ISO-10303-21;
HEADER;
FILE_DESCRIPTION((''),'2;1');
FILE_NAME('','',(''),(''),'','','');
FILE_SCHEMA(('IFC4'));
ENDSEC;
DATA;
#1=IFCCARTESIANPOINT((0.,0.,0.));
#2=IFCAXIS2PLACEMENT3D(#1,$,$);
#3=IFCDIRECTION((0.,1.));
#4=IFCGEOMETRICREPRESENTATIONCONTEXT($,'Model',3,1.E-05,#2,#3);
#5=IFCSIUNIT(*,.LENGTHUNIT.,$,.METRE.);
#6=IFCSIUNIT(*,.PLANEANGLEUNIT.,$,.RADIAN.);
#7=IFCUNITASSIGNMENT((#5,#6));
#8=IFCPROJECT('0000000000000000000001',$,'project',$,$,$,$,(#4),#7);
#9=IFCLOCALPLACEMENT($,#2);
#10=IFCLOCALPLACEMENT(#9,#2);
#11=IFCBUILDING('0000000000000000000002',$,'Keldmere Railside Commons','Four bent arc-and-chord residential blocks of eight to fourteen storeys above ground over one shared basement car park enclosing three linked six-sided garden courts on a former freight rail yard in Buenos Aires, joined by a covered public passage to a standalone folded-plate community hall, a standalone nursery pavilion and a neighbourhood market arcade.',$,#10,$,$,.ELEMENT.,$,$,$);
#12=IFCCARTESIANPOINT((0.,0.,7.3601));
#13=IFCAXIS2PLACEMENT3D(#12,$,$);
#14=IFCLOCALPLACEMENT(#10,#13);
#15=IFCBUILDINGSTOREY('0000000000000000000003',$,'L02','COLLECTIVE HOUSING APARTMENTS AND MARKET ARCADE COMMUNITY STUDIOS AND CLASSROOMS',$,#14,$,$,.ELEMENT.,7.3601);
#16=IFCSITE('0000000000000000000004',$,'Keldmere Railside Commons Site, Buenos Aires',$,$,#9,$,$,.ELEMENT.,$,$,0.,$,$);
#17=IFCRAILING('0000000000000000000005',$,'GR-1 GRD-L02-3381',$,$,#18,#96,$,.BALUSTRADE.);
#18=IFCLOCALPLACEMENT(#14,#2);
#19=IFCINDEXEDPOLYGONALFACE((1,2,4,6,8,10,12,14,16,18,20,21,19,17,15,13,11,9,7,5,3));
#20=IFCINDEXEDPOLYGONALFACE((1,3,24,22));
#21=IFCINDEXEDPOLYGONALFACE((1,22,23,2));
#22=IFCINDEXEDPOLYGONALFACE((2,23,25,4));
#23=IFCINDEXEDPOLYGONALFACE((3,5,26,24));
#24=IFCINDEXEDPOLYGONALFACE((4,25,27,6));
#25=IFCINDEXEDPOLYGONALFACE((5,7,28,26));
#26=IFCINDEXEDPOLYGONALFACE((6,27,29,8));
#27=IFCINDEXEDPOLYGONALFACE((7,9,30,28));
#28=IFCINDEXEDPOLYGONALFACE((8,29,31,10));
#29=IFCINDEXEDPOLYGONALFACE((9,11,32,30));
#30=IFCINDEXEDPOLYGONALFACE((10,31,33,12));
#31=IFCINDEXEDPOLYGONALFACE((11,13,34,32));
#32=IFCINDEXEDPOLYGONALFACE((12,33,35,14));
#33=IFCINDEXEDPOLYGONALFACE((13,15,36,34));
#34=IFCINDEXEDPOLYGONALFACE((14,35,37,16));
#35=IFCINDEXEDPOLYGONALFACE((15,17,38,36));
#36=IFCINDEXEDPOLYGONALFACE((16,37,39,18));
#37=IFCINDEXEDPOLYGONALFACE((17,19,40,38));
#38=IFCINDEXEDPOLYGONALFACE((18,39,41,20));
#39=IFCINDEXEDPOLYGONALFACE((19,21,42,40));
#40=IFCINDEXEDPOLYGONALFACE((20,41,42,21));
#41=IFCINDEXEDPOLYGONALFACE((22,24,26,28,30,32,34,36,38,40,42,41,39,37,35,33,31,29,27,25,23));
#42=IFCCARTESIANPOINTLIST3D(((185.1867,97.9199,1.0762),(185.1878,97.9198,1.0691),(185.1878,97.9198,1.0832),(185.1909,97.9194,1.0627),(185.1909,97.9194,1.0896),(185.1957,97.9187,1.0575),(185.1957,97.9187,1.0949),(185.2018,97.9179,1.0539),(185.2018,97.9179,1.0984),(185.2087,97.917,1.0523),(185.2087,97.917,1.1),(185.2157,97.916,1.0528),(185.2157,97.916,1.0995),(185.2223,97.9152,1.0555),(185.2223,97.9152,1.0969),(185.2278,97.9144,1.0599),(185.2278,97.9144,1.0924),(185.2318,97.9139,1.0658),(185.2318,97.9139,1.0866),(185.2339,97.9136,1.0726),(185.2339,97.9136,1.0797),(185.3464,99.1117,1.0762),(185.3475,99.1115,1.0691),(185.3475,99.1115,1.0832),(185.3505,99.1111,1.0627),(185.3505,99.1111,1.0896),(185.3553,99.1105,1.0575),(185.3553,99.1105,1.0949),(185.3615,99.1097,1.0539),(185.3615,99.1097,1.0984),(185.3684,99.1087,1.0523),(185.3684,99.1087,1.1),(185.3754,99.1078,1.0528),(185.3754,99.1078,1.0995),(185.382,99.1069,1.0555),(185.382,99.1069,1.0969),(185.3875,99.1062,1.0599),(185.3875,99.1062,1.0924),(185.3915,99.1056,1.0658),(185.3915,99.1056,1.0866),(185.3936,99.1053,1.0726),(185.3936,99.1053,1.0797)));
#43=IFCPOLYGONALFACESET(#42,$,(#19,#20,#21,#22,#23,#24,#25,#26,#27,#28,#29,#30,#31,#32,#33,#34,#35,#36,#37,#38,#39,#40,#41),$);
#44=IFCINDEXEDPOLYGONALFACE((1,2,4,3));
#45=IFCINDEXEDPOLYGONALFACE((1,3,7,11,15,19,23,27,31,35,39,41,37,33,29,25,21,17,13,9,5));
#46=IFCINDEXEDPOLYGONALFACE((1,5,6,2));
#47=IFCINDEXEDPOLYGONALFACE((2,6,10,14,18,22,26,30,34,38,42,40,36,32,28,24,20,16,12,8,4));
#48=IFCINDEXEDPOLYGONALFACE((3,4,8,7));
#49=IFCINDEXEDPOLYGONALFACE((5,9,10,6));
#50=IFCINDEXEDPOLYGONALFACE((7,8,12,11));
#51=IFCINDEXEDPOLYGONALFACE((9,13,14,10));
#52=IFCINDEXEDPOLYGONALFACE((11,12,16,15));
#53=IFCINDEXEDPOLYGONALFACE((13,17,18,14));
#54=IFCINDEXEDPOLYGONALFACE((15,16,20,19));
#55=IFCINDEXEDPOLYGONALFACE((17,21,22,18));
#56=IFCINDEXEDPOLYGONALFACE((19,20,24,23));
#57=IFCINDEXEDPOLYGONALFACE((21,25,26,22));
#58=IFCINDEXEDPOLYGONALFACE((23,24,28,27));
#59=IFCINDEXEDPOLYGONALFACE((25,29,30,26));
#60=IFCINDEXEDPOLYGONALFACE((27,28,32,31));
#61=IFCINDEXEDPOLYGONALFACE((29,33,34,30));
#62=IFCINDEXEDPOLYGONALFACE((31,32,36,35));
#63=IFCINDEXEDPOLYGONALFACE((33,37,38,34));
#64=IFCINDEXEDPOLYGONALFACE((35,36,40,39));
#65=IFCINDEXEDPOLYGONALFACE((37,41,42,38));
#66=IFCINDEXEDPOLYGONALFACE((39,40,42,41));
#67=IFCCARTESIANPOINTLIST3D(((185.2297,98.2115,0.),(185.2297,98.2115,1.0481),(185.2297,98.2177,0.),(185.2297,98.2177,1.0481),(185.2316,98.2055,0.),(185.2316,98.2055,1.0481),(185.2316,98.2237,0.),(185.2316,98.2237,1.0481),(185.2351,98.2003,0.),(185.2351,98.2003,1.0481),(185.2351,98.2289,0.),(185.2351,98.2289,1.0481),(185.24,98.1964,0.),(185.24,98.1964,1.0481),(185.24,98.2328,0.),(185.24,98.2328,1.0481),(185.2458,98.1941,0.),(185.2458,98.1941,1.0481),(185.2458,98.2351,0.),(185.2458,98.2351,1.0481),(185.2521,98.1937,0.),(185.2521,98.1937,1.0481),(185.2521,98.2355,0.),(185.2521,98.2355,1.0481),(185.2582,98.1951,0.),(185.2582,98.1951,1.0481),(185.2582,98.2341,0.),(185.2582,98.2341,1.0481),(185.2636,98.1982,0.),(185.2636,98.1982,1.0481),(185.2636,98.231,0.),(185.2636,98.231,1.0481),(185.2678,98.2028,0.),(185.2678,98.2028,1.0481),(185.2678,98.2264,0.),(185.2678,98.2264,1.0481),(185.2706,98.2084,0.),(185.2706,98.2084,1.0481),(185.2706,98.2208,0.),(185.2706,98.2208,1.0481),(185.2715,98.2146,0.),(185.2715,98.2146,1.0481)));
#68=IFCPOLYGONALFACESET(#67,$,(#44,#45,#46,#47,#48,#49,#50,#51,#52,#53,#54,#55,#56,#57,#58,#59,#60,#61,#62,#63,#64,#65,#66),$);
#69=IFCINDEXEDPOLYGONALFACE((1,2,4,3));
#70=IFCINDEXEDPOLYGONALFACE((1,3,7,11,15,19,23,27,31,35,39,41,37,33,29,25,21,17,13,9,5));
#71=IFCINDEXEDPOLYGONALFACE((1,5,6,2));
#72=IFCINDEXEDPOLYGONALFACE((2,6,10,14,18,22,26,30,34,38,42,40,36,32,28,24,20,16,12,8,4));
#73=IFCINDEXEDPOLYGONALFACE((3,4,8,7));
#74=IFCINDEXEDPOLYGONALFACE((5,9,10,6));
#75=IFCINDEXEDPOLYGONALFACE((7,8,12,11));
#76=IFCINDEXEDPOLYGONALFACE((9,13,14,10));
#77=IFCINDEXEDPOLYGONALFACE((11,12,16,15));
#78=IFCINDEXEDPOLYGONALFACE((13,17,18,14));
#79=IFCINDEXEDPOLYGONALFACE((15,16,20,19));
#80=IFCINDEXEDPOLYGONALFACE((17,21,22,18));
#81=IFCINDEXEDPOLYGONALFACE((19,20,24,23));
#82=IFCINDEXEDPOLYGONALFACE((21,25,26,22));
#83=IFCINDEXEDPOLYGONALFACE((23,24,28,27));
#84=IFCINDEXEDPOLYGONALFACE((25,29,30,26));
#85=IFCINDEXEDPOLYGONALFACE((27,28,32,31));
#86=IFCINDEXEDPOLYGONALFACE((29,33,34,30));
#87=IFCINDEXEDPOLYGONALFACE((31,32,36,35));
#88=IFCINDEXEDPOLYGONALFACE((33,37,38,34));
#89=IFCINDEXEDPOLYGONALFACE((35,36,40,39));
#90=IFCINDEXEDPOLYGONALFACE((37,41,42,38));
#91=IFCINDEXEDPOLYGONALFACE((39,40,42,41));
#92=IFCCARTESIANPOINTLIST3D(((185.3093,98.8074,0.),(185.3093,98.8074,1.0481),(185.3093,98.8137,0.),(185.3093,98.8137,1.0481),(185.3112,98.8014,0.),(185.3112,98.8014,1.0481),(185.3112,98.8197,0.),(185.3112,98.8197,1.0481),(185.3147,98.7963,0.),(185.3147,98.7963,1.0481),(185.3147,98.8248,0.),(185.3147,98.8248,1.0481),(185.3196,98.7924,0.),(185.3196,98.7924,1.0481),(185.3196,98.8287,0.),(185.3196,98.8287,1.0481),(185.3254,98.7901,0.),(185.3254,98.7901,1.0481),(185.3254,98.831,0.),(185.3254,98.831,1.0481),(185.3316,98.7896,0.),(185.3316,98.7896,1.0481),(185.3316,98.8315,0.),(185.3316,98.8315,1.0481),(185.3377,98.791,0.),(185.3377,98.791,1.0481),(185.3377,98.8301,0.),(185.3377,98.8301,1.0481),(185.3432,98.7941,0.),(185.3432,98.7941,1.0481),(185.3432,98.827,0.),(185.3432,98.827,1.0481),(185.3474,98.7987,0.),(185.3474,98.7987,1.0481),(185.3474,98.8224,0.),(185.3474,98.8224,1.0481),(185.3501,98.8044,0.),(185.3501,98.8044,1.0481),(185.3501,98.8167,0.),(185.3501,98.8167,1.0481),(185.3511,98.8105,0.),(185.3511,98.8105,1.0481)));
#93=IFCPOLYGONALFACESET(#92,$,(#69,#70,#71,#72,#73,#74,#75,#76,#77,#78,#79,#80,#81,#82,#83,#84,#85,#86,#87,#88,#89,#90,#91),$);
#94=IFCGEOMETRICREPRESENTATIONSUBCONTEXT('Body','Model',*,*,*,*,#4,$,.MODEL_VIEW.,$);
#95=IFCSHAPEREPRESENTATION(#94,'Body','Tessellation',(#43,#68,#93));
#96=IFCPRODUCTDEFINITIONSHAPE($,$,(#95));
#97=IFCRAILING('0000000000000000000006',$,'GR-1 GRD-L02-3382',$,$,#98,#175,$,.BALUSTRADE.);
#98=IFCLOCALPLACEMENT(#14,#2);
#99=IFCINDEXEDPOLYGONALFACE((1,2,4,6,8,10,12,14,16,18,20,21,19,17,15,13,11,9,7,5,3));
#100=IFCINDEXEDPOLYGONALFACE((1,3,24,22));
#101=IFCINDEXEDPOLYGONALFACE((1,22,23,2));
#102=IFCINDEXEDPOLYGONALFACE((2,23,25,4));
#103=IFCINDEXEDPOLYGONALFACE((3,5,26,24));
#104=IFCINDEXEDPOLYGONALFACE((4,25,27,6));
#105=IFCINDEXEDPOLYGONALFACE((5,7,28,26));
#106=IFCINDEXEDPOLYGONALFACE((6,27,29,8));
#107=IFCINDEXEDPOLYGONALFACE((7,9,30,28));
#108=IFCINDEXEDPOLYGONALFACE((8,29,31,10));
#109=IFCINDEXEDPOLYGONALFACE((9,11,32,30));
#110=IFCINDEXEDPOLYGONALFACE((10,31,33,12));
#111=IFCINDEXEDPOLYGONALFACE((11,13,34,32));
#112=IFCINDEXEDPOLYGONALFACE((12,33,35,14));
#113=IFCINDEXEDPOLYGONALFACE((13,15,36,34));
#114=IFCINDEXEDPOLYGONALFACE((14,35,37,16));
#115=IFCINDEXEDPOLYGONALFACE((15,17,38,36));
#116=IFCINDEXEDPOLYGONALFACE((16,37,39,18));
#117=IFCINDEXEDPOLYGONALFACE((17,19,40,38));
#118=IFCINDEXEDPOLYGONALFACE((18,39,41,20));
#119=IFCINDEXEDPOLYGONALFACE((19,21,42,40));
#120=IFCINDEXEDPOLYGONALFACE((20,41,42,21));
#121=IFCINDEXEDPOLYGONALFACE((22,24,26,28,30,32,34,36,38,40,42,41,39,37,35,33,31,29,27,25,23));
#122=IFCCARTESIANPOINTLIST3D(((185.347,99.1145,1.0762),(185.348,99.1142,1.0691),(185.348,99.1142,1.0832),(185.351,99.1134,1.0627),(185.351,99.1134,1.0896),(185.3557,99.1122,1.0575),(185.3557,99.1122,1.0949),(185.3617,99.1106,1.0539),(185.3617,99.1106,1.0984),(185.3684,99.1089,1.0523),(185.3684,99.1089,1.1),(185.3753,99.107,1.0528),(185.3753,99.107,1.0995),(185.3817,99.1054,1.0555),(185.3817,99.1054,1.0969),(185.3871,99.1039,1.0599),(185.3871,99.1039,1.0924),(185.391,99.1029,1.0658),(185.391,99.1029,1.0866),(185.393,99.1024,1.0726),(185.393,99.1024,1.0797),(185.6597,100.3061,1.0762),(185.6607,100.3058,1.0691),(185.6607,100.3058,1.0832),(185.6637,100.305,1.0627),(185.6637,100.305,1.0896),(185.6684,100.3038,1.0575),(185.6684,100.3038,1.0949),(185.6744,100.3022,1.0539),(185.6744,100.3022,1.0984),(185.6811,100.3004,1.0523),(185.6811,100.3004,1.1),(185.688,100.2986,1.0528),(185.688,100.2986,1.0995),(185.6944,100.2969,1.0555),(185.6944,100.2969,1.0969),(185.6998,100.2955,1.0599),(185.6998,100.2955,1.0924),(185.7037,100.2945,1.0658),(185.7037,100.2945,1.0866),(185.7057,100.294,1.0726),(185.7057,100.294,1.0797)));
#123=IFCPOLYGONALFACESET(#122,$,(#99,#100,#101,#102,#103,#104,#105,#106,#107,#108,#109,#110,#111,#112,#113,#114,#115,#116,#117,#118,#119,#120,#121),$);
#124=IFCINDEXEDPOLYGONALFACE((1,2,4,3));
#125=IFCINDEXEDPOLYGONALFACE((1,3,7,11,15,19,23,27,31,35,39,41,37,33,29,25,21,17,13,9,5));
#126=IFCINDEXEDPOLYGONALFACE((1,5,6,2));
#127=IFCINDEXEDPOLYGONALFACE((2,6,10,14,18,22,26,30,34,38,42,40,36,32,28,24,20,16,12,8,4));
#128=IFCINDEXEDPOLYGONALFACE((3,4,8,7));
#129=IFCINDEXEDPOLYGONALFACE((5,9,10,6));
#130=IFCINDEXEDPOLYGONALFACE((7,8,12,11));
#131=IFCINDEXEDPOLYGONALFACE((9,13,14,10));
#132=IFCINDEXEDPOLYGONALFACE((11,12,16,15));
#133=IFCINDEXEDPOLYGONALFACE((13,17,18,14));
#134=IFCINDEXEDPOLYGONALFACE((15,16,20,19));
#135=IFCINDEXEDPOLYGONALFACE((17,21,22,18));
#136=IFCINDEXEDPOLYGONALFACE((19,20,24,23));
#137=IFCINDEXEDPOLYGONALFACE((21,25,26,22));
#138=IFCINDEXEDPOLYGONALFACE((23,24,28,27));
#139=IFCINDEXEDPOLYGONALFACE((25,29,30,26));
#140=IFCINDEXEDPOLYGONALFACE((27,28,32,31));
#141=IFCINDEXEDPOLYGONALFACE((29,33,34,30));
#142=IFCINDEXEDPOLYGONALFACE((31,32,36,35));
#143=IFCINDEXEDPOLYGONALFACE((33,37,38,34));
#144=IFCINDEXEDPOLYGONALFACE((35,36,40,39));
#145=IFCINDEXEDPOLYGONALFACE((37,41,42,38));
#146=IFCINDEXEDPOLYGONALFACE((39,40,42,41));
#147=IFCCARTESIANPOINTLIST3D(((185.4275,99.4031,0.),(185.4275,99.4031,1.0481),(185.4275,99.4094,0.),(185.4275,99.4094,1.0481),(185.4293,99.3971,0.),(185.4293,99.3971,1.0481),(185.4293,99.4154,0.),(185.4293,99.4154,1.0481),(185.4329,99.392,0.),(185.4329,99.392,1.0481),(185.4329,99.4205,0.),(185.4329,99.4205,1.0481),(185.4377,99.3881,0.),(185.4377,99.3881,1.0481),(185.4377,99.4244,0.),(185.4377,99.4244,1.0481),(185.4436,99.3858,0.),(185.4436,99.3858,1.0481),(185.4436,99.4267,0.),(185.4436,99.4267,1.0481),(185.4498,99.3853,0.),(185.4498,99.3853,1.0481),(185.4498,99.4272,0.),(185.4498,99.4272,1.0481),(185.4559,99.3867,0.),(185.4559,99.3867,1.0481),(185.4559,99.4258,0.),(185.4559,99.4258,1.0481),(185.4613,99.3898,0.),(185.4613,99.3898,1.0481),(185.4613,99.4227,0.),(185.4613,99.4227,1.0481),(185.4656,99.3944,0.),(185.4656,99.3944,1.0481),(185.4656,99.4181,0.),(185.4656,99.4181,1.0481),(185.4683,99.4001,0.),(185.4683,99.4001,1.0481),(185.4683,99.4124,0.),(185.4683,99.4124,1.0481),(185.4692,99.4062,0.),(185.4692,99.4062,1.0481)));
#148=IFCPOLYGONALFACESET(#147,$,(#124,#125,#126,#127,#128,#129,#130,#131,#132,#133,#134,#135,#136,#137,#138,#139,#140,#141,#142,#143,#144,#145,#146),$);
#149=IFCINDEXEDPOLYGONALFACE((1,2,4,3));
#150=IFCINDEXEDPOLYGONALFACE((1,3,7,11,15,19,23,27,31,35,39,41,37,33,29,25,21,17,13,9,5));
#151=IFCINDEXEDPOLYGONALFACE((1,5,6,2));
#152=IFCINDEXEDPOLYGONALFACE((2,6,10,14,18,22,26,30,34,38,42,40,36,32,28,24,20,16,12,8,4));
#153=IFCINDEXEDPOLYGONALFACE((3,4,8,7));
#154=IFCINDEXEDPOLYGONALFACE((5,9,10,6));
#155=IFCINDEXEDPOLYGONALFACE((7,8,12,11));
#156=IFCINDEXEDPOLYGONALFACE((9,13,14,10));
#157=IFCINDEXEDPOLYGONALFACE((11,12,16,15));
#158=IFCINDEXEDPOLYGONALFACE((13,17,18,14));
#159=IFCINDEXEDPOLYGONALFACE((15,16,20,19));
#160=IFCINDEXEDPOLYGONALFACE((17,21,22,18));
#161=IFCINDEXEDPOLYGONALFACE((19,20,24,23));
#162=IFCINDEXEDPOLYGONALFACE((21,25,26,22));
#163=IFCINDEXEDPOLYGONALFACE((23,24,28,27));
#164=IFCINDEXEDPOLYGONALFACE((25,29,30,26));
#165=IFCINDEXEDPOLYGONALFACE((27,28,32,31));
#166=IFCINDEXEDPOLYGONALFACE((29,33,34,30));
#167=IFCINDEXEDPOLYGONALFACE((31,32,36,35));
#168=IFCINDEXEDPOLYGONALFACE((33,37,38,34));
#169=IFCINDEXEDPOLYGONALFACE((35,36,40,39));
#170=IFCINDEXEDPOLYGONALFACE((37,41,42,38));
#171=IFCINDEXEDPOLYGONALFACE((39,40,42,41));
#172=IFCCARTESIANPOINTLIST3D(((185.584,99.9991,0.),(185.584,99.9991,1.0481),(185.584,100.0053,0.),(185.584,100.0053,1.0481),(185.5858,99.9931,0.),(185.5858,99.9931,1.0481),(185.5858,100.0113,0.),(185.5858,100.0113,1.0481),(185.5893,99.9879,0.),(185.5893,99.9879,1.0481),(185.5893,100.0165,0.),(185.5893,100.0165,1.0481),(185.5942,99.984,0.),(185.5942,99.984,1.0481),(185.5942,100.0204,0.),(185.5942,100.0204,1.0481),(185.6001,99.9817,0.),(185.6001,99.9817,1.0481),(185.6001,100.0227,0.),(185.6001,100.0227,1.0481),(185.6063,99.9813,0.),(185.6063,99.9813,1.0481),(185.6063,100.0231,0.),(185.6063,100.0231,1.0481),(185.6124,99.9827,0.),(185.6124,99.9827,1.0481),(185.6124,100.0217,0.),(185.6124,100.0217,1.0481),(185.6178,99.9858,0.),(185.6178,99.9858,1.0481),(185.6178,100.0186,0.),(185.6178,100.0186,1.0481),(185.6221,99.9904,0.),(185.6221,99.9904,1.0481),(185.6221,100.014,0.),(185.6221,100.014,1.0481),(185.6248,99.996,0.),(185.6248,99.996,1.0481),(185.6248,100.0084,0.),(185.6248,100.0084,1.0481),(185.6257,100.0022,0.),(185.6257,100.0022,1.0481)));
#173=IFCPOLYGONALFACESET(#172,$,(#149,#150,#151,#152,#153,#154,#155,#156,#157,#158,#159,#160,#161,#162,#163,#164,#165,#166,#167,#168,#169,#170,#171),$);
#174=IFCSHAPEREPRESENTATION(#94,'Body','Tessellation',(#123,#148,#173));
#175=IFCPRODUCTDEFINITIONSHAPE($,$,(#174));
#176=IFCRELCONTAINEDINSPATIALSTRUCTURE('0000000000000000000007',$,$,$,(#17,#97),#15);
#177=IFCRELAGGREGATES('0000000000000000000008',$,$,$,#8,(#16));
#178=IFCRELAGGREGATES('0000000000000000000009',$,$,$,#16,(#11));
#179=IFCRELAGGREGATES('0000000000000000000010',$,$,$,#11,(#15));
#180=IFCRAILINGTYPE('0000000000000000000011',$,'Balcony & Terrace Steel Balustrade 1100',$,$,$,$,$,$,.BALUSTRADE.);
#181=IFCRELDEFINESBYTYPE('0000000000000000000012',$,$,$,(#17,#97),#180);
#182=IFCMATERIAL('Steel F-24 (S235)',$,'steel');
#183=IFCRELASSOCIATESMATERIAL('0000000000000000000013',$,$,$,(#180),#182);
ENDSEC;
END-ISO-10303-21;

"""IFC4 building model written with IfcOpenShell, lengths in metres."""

from ifc_helpers import new_model, si_unit, direction, frame, origin, origin_2d, place, context, subcontext, project, spatial, circle, extrude, material, type_object, element, save


model = new_model("IFC4")

# Units and contexts
model_context = context("Model", 3, precision=1e-05, world=origin(), true_north=direction((0.0, 1.0)))
body_context = subcontext(model_context, "Body", "Model", "MODEL_VIEW")
ifc_project = project(units=[si_unit("LENGTHUNIT", "METRE"), si_unit("PLANEANGLEUNIT", "RADIAN")], contexts=[model_context])

# Site, building, storey
site_placement = place(None, origin())
site = spatial("IfcSite", under=ifc_project, at=site_placement, Name="Keldmere Railside Commons Site, Buenos Aires", CompositionType="ELEMENT", RefElevation=0.0)
building_placement = place(site_placement, origin())
building = spatial("IfcBuilding", under=site, at=building_placement, Name="Keldmere Railside Commons", Description="Four bent arc-and-chord residential blocks of eight to fourteen storeys above ground over one shared basement car park enclosing three linked six-sided garden courts on a former freight rail yard in Buenos Aires, joined by a covered public passage to a standalone folded-plate community hall, a standalone nursery pavilion and a neighbourhood market arcade.", CompositionType="ELEMENT")
storey_placement = place(building_placement, frame((0.0, 0.0, 7.3601)))
storey = spatial("IfcBuildingStorey", under=building, at=storey_placement, Name="L02", Description="COLLECTIVE HOUSING APARTMENTS AND MARKET ARCADE COMMUNITY STUDIOS AND CLASSROOMS", CompositionType="ELEMENT", Elevation=7.3601)

# Railings
ifc_material_1 = material(Name="Steel F-24 (S235)", Category="steel")
railing_type = type_object("IfcRailingType", Name="Balcony & Terrace Steel Balustrade 1100", PredefinedType="BALUSTRADE", material=ifc_material_1)
railing_1_placement = place(storey_placement, frame((185.2104, 97.9167, 0.0)))
element("IfcRailing", 1, at=railing_1_placement, inside=storey, type_object=railing_type, Name="GR-1 GRD-L02-3381", PredefinedType="BALUSTRADE", context=body_context, shape_type="SweptSolid", body=[
    extrude(circle(Radius=0.0239, at=origin_2d()), frame((0.0, 0.0, 1.0762), z_axis=(0.132802, 0.991143, 0.0), x_axis=(-0.991143, 0.132802, 0.0)), (0.0, 0.0, 1.0), 1.2024),
    extrude(circle(Radius=0.021, at=origin_2d()), frame((0.04, 0.2979, 0.0)), (0.0, 0.0, 1.0), 1.0481),
    extrude(circle(Radius=0.021, at=origin_2d()), frame((0.1196, 0.8938, 0.0)), (0.0, 0.0, 1.0), 1.0481),
])
railing_2_placement = place(storey_placement, frame((185.3701, 99.1084, 0.0)))
element("IfcRailing", 2, at=railing_2_placement, inside=storey, type_object=railing_type, Name="GR-1 GRD-L02-3382", PredefinedType="BALUSTRADE", context=body_context, shape_type="SweptSolid", body=[
    extrude(circle(Radius=0.0239, at=origin_2d()), frame((0.0, 0.0, 1.0762), z_axis=(0.253849, 0.967244, 0.0), x_axis=(-0.967244, 0.253849, 0.0)), (0.0, 0.0, 1.0), 1.2319),
    extrude(circle(Radius=0.021, at=origin_2d()), frame((0.0781, 0.2979, 0.0)), (0.0, 0.0, 1.0), 1.0481),
    extrude(circle(Radius=0.021, at=origin_2d()), frame((0.2346, 0.8938, 0.0)), (0.0, 0.0, 1.0), 1.0481),
])

save(model, "model.ifc")
